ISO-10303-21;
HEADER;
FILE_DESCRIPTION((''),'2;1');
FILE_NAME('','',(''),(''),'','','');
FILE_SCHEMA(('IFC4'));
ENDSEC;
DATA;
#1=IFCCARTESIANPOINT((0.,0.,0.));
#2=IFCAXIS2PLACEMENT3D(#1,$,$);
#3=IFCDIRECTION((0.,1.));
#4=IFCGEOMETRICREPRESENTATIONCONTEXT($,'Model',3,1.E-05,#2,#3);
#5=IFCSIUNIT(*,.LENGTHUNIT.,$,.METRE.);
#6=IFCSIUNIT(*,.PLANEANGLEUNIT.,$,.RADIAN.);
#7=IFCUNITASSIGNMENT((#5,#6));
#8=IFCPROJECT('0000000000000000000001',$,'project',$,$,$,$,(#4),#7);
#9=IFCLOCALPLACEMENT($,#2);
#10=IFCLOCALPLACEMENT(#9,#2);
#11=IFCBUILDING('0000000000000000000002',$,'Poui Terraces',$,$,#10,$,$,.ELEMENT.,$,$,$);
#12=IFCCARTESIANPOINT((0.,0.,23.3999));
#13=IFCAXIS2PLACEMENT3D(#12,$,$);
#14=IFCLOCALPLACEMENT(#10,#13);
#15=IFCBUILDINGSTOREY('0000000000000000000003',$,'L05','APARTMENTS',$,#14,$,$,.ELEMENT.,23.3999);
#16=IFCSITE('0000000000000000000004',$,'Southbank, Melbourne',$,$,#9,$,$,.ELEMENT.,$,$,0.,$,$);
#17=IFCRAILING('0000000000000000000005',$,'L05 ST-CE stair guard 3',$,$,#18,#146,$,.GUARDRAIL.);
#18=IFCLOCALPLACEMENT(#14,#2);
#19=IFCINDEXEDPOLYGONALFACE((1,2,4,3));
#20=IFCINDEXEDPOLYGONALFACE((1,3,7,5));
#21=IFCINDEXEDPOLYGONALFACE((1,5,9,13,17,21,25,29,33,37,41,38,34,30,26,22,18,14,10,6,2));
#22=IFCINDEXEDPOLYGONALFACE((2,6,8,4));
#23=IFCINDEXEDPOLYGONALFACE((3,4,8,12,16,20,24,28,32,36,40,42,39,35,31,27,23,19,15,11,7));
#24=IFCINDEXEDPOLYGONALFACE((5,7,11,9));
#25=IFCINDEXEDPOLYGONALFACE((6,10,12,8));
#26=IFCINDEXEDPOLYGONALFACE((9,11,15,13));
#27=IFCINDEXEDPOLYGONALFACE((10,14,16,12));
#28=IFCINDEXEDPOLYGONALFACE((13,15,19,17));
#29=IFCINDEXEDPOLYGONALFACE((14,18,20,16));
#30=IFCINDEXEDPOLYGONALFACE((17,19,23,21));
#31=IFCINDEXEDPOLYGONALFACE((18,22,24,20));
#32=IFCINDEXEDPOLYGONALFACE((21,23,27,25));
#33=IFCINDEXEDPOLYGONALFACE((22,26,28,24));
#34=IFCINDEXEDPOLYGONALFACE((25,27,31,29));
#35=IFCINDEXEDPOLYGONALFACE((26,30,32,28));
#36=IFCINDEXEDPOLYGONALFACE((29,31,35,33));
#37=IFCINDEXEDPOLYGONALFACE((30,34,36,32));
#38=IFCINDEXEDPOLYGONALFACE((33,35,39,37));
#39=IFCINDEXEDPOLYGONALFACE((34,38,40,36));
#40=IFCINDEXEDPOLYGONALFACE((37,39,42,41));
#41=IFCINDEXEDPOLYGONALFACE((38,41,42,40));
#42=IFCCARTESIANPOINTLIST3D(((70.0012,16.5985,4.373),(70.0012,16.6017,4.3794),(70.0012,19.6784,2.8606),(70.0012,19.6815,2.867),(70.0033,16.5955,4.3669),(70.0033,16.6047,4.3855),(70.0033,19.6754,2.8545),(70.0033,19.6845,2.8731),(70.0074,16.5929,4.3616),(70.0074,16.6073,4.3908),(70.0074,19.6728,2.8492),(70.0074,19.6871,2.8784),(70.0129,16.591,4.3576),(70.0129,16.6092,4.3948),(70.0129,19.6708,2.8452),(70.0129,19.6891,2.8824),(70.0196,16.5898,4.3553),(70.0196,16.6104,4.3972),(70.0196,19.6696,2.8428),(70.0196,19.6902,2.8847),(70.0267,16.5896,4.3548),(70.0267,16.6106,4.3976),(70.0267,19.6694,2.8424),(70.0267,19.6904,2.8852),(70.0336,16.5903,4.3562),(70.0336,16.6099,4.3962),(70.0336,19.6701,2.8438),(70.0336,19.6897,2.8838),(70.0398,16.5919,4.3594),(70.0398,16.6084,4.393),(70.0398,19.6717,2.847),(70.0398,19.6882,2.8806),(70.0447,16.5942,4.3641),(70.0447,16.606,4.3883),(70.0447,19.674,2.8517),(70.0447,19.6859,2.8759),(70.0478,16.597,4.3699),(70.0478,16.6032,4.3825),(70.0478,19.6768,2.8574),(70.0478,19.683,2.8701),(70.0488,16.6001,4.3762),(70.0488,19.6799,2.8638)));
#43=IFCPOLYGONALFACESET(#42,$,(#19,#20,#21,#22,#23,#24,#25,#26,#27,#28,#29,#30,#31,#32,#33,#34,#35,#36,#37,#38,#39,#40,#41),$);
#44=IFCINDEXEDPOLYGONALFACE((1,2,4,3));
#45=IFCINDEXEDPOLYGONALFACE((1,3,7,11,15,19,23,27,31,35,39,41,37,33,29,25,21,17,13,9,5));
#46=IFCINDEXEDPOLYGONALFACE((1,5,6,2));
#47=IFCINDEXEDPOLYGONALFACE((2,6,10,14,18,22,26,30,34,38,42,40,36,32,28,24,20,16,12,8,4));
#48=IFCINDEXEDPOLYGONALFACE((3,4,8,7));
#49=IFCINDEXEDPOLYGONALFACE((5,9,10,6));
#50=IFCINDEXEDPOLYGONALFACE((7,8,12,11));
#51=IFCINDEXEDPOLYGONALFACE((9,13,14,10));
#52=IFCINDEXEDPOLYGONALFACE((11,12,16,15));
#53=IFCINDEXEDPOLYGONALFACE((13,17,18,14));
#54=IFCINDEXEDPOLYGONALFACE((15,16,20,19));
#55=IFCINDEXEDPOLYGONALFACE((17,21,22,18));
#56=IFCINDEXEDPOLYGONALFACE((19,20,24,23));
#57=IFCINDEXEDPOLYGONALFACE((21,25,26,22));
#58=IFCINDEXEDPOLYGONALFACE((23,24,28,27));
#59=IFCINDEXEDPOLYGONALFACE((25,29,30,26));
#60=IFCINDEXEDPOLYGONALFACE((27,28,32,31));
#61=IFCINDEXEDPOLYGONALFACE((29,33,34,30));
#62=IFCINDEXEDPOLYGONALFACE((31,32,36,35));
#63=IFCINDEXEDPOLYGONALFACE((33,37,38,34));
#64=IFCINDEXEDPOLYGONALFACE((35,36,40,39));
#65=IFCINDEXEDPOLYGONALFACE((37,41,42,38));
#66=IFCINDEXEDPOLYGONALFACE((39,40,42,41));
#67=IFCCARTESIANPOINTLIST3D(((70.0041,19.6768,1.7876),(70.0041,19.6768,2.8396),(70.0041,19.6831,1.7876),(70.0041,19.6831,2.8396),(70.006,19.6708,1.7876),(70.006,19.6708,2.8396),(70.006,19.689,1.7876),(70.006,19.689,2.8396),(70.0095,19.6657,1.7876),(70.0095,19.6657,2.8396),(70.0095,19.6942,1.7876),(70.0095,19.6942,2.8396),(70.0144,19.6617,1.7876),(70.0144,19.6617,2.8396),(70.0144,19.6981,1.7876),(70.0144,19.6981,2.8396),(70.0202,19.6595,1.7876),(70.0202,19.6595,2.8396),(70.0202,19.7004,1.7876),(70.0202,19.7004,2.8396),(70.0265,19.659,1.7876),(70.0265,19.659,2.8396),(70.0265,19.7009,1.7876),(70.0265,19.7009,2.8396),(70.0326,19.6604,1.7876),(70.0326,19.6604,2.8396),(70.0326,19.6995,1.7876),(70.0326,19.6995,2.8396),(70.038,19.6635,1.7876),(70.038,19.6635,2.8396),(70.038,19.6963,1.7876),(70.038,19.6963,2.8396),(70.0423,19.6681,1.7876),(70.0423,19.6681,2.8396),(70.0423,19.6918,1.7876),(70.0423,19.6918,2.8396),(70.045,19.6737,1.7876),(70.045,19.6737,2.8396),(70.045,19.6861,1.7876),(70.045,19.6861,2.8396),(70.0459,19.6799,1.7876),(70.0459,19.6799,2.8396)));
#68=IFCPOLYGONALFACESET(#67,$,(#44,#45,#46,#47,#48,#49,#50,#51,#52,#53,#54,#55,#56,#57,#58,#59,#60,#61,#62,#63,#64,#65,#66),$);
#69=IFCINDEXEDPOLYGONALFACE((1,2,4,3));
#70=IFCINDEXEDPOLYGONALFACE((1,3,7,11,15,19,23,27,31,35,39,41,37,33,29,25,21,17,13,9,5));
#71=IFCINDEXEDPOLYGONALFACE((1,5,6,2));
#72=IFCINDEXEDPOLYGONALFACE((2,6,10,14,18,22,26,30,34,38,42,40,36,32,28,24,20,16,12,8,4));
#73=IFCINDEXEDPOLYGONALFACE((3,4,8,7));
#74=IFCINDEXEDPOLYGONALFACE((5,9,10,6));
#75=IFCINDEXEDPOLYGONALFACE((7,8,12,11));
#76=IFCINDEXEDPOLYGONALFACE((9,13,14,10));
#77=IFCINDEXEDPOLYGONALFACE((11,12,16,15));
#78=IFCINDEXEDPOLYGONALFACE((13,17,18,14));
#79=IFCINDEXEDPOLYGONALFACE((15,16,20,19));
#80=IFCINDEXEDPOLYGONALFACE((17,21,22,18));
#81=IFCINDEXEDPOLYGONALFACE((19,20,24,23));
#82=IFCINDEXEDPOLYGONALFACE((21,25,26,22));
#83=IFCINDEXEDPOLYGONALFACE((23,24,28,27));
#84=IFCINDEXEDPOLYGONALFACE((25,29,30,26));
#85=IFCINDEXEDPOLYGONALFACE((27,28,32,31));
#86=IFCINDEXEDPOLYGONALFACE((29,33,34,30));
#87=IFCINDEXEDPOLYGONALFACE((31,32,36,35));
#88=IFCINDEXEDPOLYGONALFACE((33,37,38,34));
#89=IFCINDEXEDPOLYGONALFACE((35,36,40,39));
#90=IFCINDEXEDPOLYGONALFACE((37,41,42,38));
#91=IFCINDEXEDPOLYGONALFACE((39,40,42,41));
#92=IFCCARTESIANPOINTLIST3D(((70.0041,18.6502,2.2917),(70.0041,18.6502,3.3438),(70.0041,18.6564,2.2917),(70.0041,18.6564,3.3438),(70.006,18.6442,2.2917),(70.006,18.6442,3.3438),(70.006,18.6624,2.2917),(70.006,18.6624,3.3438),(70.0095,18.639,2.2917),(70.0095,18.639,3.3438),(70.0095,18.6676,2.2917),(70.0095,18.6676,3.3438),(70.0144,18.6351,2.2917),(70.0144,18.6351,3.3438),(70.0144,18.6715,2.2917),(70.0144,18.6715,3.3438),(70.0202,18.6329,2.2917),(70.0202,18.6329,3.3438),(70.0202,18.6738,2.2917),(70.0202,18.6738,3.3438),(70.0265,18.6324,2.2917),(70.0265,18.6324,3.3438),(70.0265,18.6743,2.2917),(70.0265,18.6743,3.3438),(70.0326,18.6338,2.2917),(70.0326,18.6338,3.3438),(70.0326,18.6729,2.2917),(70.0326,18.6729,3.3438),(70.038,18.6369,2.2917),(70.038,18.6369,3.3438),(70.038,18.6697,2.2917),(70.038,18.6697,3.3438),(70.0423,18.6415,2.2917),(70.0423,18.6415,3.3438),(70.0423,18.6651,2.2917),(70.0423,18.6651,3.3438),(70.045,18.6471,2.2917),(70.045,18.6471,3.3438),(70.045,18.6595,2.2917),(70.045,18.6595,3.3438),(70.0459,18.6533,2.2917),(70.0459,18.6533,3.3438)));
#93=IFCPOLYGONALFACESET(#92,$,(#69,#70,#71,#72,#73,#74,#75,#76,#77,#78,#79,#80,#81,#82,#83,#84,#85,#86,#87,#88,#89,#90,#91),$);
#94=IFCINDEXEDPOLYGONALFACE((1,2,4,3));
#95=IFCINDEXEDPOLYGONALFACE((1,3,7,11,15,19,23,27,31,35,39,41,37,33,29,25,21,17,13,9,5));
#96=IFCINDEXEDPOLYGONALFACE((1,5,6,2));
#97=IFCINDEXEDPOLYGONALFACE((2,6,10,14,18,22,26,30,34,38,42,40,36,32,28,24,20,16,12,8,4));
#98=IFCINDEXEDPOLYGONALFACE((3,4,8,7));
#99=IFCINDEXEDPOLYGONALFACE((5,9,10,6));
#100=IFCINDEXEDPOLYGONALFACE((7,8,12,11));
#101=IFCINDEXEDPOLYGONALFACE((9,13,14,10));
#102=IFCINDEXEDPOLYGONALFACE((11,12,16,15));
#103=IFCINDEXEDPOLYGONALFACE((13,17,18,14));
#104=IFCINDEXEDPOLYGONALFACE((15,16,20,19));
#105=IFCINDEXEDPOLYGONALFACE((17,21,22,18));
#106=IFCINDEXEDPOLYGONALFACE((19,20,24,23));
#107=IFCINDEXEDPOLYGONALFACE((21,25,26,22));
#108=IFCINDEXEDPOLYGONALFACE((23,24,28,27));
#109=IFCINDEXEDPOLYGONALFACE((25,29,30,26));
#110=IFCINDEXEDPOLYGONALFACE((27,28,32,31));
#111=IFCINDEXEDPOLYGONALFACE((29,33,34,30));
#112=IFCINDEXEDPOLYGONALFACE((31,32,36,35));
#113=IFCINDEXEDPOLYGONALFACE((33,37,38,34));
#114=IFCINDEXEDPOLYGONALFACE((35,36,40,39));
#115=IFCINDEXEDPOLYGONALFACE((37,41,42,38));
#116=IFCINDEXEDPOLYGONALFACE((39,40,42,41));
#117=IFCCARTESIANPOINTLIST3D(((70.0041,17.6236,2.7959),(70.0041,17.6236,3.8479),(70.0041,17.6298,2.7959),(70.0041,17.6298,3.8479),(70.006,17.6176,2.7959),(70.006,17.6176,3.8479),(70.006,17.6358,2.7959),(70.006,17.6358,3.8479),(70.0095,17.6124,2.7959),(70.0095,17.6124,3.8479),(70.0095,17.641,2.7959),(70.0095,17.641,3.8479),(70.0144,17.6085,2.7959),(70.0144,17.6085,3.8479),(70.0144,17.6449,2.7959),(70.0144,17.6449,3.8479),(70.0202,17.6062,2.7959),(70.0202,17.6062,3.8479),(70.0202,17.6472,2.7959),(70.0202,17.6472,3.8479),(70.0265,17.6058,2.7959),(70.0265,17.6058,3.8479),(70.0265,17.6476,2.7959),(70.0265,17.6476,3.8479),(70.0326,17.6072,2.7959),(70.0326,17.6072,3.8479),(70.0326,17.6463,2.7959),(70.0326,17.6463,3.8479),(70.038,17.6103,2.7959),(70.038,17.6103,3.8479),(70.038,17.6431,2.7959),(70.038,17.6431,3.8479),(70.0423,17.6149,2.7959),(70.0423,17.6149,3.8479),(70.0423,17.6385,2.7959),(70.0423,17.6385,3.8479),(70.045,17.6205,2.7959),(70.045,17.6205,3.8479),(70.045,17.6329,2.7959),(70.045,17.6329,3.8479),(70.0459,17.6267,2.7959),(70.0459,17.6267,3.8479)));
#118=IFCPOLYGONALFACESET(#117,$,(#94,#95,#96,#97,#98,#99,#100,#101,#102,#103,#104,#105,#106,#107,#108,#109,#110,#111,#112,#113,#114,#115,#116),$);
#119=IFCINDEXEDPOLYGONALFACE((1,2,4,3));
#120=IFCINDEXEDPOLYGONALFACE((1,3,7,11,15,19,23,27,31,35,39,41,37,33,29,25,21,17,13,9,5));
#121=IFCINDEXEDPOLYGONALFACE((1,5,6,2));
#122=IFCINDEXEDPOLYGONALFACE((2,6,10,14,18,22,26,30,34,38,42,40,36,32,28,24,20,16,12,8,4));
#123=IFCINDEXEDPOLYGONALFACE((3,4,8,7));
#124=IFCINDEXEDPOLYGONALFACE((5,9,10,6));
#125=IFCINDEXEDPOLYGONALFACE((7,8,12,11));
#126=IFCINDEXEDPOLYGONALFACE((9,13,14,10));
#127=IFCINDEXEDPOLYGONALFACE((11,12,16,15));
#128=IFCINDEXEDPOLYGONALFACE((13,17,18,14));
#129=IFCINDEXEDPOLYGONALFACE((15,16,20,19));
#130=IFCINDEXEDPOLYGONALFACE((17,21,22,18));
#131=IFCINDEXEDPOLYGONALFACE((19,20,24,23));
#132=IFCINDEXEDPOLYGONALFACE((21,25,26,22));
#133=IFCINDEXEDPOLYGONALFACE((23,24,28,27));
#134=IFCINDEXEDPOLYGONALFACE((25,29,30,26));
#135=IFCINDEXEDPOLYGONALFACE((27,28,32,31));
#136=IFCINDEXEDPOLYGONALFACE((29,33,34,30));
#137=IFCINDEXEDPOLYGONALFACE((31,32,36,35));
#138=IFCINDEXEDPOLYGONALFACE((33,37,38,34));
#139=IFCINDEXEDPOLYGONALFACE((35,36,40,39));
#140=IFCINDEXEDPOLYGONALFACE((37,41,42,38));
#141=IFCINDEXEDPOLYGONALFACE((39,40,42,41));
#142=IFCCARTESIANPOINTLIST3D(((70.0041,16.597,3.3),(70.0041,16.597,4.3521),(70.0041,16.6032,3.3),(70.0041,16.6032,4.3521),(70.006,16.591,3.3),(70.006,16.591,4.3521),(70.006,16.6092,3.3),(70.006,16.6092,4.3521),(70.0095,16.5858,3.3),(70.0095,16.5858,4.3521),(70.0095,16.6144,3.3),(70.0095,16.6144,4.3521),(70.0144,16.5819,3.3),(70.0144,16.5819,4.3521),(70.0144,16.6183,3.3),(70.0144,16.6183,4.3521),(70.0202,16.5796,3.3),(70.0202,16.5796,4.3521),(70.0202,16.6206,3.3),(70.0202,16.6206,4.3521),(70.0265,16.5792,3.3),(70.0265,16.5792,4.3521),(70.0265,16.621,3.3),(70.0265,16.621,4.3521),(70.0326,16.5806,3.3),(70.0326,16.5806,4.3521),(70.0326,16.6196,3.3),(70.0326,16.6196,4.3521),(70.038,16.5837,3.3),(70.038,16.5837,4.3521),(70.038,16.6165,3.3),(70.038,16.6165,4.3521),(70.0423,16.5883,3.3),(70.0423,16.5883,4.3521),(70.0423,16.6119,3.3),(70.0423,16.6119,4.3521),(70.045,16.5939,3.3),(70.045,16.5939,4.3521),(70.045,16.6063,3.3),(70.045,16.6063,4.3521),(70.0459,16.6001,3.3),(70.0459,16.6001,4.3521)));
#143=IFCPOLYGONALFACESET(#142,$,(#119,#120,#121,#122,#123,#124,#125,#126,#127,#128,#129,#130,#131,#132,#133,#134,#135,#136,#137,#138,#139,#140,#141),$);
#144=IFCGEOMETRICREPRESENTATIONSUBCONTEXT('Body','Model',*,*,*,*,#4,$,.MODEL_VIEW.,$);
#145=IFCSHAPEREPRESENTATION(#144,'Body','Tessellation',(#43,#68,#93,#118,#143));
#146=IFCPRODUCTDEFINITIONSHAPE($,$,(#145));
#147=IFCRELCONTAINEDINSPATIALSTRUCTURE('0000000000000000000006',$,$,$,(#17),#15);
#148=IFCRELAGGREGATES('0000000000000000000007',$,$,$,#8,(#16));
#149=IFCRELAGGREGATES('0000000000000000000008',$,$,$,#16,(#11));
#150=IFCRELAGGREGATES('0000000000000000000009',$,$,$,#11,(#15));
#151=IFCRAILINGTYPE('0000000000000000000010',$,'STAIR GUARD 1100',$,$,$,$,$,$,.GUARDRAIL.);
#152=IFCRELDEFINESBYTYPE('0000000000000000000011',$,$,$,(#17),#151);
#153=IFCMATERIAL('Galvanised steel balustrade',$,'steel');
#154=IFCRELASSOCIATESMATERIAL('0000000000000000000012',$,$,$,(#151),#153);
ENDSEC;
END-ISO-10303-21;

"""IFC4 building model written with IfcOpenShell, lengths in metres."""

from ifc_helpers import new_model, si_unit, direction, frame, origin, origin_2d, place, context, subcontext, project, spatial, circle, extrude, material, type_object, element, save


model = new_model("IFC4")

# Units and contexts
model_context = context("Model", 3, precision=1e-05, world=origin(), true_north=direction((0.0, 1.0)))
body_context = subcontext(model_context, "Body", "Model", "MODEL_VIEW")
ifc_project = project(units=[si_unit("LENGTHUNIT", "METRE"), si_unit("PLANEANGLEUNIT", "RADIAN")], contexts=[model_context])

# Site, building, storey
site_placement = place(None, origin())
site = spatial("IfcSite", under=ifc_project, at=site_placement, Name="Southbank, Melbourne", CompositionType="ELEMENT", RefElevation=0.0)
building_placement = place(site_placement, origin())
building = spatial("IfcBuilding", under=site, at=building_placement, Name="Poui Terraces", CompositionType="ELEMENT")
storey_placement = place(building_placement, frame((0.0, 0.0, 23.3999)))
storey = spatial("IfcBuildingStorey", under=building, at=storey_placement, Name="L05", Description="APARTMENTS", CompositionType="ELEMENT", Elevation=23.3999)

# Railing
ifc_material_1 = material(Name="Galvanised steel balustrade", Category="steel")
railing_type_1 = type_object("IfcRailingType", Name="STAIR GUARD 1100", PredefinedType="GUARDRAIL", material=ifc_material_1)
railing_1_placement = place(storey_placement, frame((70.0249, 19.6799, 1.7876)))
element("IfcRailing", 1, at=railing_1_placement, inside=storey, type_object=railing_type_1, Name="L05 ST-CE stair guard 3", PredefinedType="GUARDRAIL", context=body_context, shape_type="SweptSolid", body=[
    extrude(circle(Radius=0.0239, at=origin_2d()), frame((0.0, 0.0, 1.0762), z_axis=(0.0, -0.897606, 0.440798), x_axis=(1.0, 0.0, 0.0)), (0.0, 0.0, 1.0), 3.4312),
    extrude(circle(Radius=0.021, at=origin_2d()), origin(), (0.0, 0.0, 1.0), 1.052),
    extrude(circle(Radius=0.021, at=origin_2d()), frame((0.0, -1.0266, 0.5042)), (0.0, 0.0, 1.0), 1.052),
    extrude(circle(Radius=0.021, at=origin_2d()), frame((0.0, -2.0532, 1.0083)), (0.0, 0.0, 1.0), 1.052),
    extrude(circle(Radius=0.021, at=origin_2d()), frame((0.0, -3.0798, 1.5125)), (0.0, 0.0, 1.0), 1.052),
])

save(model, "model.ifc")
